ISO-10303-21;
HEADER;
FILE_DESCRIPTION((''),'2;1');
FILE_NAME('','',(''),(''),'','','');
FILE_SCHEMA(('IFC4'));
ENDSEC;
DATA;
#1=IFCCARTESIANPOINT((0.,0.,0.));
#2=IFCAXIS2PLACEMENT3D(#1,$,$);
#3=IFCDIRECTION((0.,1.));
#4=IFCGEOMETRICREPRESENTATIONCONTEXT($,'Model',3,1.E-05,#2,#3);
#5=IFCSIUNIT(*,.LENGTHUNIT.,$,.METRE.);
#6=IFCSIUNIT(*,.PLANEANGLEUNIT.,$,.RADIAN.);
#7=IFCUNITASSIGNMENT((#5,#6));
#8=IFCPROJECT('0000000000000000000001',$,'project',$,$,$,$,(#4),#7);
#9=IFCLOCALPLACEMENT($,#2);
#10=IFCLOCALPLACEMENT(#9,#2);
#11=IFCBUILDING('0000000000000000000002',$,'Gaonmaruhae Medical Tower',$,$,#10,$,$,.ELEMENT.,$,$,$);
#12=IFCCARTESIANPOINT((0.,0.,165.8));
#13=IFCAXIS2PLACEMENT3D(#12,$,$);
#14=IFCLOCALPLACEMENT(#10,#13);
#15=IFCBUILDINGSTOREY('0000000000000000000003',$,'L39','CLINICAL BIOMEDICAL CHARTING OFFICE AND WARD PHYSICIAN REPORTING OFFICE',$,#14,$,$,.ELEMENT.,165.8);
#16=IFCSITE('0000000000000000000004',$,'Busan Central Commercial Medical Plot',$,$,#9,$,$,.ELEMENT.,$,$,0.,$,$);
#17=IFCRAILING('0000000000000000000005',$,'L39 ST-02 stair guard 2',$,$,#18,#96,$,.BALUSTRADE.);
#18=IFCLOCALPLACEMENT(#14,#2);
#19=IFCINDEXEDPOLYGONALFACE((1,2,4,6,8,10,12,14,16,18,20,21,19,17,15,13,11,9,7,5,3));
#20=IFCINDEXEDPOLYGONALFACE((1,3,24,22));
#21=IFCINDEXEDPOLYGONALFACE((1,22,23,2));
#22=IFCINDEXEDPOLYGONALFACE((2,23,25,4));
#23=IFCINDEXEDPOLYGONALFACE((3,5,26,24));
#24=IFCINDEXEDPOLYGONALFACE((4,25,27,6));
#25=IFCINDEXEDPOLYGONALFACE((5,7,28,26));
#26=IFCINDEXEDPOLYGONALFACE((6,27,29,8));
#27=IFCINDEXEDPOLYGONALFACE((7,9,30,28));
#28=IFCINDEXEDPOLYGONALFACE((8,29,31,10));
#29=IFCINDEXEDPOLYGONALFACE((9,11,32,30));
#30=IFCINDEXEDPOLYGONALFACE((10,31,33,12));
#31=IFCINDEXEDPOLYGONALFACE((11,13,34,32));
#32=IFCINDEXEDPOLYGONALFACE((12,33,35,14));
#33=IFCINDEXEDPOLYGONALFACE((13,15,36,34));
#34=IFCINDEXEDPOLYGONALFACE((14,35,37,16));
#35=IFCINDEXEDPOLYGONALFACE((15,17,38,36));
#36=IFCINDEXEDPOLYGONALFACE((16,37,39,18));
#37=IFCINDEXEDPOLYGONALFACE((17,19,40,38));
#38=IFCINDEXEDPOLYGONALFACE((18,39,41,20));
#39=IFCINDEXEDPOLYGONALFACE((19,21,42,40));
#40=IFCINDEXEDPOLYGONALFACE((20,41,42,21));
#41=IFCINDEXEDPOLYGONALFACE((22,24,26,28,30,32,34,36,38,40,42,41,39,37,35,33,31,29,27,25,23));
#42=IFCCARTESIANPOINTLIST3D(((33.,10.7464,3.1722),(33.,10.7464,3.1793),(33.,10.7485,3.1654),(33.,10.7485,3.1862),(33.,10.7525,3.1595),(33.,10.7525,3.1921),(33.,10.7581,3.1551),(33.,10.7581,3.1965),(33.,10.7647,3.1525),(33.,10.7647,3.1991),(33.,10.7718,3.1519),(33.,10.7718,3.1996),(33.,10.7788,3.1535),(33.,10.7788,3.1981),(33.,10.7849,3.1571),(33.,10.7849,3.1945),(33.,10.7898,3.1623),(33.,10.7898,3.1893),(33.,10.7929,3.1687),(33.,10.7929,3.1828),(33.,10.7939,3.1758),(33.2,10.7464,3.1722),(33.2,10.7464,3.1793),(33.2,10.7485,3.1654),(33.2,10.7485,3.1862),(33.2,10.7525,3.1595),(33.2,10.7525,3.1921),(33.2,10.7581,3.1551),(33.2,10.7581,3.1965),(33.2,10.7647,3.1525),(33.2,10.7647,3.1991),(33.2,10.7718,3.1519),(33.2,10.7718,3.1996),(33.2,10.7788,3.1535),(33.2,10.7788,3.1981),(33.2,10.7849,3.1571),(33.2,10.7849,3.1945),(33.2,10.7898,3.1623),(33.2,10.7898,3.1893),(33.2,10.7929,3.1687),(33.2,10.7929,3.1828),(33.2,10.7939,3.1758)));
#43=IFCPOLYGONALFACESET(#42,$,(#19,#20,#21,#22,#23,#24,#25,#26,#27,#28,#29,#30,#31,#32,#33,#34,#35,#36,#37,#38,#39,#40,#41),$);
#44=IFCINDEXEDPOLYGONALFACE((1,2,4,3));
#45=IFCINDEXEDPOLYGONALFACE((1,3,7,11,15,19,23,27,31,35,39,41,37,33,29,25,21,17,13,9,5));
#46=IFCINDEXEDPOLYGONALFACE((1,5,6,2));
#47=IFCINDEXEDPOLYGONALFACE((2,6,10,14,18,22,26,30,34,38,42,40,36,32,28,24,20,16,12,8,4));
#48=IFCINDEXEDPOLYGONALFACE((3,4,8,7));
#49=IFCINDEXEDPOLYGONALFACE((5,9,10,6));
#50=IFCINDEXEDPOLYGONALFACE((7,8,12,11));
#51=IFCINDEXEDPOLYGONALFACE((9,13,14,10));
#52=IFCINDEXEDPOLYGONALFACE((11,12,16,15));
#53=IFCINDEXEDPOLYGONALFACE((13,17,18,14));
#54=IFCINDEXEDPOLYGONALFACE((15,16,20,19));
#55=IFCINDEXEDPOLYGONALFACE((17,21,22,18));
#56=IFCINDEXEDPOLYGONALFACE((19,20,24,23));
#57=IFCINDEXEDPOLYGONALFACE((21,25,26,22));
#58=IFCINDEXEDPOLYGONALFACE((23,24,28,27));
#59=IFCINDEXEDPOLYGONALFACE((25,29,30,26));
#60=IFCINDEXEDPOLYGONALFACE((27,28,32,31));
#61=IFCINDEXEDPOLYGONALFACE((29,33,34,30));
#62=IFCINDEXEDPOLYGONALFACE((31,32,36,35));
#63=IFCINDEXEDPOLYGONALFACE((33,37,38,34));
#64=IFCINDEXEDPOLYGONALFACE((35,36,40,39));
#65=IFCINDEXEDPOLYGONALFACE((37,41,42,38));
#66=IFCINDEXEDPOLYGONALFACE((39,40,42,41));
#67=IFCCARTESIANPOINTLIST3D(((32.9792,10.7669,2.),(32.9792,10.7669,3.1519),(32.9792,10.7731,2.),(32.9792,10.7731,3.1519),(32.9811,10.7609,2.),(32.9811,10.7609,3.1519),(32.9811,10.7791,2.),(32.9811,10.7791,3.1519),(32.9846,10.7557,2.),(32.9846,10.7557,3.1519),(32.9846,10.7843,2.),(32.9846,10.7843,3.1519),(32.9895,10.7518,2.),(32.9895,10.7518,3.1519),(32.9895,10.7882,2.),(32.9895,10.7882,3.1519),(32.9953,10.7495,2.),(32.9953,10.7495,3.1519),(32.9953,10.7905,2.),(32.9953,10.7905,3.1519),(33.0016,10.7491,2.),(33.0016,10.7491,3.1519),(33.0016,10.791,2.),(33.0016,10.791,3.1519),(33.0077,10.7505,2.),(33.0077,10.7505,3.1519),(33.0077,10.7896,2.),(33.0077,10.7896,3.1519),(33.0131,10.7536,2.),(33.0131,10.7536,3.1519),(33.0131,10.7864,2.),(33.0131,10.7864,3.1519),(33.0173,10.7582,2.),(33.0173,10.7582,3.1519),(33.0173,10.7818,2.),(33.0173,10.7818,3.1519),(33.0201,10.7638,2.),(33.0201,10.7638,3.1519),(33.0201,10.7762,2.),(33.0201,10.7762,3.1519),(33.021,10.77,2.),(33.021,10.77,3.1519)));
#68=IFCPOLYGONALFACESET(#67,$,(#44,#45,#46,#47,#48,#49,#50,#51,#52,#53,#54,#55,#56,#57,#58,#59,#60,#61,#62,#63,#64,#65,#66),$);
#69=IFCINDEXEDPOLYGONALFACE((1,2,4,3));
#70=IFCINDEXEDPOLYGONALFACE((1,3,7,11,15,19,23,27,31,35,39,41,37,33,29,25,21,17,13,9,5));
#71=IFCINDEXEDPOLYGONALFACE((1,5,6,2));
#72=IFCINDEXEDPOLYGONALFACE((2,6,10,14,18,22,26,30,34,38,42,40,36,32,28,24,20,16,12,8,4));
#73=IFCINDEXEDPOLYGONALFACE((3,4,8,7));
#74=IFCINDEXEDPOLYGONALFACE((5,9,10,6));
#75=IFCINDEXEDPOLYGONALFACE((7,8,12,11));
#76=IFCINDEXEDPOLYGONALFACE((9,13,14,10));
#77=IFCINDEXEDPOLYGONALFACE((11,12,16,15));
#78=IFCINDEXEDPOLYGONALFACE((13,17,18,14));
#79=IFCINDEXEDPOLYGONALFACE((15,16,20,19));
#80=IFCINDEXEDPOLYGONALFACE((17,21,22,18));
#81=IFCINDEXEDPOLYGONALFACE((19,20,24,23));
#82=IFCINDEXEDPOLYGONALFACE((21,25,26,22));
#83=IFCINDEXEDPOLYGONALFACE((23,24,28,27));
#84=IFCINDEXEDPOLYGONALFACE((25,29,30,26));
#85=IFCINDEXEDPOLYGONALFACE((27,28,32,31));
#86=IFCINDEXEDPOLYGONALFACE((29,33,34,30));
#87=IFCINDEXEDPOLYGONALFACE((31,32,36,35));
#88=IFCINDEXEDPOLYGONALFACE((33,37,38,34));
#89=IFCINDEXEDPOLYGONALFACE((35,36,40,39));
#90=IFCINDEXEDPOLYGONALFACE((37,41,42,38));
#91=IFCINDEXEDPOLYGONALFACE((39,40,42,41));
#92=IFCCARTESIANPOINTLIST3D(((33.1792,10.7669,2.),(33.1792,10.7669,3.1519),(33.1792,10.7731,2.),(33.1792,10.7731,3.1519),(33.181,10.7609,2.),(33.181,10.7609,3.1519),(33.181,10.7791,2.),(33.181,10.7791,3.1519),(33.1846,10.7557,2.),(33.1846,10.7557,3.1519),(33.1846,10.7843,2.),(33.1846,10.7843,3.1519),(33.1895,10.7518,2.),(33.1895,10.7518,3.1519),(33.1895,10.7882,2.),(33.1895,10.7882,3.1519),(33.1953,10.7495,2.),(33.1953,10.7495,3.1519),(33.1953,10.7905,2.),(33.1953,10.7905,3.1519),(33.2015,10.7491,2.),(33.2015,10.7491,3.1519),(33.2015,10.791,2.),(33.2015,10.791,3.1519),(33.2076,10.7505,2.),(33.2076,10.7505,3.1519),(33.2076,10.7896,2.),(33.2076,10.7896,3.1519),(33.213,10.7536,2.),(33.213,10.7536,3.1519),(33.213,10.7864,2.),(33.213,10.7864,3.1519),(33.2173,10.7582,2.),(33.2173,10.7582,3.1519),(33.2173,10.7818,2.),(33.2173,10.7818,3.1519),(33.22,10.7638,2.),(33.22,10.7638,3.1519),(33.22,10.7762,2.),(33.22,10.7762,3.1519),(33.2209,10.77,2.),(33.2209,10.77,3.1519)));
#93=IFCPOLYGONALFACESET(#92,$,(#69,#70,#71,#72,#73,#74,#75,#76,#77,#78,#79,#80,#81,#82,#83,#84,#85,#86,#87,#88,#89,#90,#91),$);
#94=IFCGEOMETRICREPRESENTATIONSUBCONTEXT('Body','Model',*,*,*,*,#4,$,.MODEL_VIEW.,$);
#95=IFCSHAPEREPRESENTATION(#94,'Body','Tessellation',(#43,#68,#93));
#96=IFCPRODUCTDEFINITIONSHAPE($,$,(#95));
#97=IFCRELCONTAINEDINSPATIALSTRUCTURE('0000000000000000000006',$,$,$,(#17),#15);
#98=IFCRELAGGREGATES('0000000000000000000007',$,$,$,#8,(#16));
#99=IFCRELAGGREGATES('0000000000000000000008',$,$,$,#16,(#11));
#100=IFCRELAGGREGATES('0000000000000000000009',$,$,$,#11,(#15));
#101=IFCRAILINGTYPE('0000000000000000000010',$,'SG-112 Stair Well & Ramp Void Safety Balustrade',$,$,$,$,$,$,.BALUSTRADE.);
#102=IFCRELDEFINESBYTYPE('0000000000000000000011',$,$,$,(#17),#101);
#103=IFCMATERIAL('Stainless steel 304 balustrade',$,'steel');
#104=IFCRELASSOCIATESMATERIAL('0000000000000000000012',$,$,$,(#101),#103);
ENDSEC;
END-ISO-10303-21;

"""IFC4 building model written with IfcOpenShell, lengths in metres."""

from ifc_helpers import new_model, si_unit, direction, frame, origin, origin_2d, place, context, subcontext, project, spatial, circle, extrude, material, type_object, element, save


model = new_model("IFC4")

# Units and contexts
model_context = context("Model", 3, precision=1e-05, world=origin(), true_north=direction((0.0, 1.0)))
body_context = subcontext(model_context, "Body", "Model", "MODEL_VIEW")
ifc_project = project(units=[si_unit("LENGTHUNIT", "METRE"), si_unit("PLANEANGLEUNIT", "RADIAN")], contexts=[model_context])

# Site, building, storey
site_placement = place(None, origin())
site = spatial("IfcSite", under=ifc_project, at=site_placement, Name="Busan Central Commercial Medical Plot", CompositionType="ELEMENT", RefElevation=0.0)
building_placement = place(site_placement, origin())
building = spatial("IfcBuilding", under=site, at=building_placement, Name="Gaonmaruhae Medical Tower", CompositionType="ELEMENT")
storey_placement = place(building_placement, frame((0.0, 0.0, 165.8)))
storey = spatial("IfcBuildingStorey", under=building, at=storey_placement, Name="L39", Description="CLINICAL BIOMEDICAL CHARTING OFFICE AND WARD PHYSICIAN REPORTING OFFICE", CompositionType="ELEMENT", Elevation=165.8)

# Railing
ifc_material_1 = material(Name="Stainless steel 304 balustrade", Category="steel")
railing_type_1 = type_object("IfcRailingType", Name="SG-112 Stair Well & Ramp Void Safety Balustrade", PredefinedType="BALUSTRADE", material=ifc_material_1)
railing_1_placement = place(storey_placement, frame((33.0, 10.77, 2.0)))
element("IfcRailing", 1, at=railing_1_placement, inside=storey, type_object=railing_type_1, Name="L39 ST-02 stair guard 2", PredefinedType="BALUSTRADE", context=body_context, shape_type="SweptSolid", body=[
    extrude(circle(Radius=0.0239, at=origin_2d()), frame((0.0, 0.0, 1.1758), z_axis=(1.0, 0.0, 0.0), x_axis=(0.0, 1.0, 0.0)), (0.0, 0.0, 1.0), 0.2),
    extrude(circle(Radius=0.021, at=origin_2d()), origin(), (0.0, 0.0, 1.0), 1.1519),
    extrude(circle(Radius=0.021, at=origin_2d()), frame((0.2, 0.0, 0.0)), (0.0, 0.0, 1.0), 1.1519),
])

save(model, "model.ifc")
